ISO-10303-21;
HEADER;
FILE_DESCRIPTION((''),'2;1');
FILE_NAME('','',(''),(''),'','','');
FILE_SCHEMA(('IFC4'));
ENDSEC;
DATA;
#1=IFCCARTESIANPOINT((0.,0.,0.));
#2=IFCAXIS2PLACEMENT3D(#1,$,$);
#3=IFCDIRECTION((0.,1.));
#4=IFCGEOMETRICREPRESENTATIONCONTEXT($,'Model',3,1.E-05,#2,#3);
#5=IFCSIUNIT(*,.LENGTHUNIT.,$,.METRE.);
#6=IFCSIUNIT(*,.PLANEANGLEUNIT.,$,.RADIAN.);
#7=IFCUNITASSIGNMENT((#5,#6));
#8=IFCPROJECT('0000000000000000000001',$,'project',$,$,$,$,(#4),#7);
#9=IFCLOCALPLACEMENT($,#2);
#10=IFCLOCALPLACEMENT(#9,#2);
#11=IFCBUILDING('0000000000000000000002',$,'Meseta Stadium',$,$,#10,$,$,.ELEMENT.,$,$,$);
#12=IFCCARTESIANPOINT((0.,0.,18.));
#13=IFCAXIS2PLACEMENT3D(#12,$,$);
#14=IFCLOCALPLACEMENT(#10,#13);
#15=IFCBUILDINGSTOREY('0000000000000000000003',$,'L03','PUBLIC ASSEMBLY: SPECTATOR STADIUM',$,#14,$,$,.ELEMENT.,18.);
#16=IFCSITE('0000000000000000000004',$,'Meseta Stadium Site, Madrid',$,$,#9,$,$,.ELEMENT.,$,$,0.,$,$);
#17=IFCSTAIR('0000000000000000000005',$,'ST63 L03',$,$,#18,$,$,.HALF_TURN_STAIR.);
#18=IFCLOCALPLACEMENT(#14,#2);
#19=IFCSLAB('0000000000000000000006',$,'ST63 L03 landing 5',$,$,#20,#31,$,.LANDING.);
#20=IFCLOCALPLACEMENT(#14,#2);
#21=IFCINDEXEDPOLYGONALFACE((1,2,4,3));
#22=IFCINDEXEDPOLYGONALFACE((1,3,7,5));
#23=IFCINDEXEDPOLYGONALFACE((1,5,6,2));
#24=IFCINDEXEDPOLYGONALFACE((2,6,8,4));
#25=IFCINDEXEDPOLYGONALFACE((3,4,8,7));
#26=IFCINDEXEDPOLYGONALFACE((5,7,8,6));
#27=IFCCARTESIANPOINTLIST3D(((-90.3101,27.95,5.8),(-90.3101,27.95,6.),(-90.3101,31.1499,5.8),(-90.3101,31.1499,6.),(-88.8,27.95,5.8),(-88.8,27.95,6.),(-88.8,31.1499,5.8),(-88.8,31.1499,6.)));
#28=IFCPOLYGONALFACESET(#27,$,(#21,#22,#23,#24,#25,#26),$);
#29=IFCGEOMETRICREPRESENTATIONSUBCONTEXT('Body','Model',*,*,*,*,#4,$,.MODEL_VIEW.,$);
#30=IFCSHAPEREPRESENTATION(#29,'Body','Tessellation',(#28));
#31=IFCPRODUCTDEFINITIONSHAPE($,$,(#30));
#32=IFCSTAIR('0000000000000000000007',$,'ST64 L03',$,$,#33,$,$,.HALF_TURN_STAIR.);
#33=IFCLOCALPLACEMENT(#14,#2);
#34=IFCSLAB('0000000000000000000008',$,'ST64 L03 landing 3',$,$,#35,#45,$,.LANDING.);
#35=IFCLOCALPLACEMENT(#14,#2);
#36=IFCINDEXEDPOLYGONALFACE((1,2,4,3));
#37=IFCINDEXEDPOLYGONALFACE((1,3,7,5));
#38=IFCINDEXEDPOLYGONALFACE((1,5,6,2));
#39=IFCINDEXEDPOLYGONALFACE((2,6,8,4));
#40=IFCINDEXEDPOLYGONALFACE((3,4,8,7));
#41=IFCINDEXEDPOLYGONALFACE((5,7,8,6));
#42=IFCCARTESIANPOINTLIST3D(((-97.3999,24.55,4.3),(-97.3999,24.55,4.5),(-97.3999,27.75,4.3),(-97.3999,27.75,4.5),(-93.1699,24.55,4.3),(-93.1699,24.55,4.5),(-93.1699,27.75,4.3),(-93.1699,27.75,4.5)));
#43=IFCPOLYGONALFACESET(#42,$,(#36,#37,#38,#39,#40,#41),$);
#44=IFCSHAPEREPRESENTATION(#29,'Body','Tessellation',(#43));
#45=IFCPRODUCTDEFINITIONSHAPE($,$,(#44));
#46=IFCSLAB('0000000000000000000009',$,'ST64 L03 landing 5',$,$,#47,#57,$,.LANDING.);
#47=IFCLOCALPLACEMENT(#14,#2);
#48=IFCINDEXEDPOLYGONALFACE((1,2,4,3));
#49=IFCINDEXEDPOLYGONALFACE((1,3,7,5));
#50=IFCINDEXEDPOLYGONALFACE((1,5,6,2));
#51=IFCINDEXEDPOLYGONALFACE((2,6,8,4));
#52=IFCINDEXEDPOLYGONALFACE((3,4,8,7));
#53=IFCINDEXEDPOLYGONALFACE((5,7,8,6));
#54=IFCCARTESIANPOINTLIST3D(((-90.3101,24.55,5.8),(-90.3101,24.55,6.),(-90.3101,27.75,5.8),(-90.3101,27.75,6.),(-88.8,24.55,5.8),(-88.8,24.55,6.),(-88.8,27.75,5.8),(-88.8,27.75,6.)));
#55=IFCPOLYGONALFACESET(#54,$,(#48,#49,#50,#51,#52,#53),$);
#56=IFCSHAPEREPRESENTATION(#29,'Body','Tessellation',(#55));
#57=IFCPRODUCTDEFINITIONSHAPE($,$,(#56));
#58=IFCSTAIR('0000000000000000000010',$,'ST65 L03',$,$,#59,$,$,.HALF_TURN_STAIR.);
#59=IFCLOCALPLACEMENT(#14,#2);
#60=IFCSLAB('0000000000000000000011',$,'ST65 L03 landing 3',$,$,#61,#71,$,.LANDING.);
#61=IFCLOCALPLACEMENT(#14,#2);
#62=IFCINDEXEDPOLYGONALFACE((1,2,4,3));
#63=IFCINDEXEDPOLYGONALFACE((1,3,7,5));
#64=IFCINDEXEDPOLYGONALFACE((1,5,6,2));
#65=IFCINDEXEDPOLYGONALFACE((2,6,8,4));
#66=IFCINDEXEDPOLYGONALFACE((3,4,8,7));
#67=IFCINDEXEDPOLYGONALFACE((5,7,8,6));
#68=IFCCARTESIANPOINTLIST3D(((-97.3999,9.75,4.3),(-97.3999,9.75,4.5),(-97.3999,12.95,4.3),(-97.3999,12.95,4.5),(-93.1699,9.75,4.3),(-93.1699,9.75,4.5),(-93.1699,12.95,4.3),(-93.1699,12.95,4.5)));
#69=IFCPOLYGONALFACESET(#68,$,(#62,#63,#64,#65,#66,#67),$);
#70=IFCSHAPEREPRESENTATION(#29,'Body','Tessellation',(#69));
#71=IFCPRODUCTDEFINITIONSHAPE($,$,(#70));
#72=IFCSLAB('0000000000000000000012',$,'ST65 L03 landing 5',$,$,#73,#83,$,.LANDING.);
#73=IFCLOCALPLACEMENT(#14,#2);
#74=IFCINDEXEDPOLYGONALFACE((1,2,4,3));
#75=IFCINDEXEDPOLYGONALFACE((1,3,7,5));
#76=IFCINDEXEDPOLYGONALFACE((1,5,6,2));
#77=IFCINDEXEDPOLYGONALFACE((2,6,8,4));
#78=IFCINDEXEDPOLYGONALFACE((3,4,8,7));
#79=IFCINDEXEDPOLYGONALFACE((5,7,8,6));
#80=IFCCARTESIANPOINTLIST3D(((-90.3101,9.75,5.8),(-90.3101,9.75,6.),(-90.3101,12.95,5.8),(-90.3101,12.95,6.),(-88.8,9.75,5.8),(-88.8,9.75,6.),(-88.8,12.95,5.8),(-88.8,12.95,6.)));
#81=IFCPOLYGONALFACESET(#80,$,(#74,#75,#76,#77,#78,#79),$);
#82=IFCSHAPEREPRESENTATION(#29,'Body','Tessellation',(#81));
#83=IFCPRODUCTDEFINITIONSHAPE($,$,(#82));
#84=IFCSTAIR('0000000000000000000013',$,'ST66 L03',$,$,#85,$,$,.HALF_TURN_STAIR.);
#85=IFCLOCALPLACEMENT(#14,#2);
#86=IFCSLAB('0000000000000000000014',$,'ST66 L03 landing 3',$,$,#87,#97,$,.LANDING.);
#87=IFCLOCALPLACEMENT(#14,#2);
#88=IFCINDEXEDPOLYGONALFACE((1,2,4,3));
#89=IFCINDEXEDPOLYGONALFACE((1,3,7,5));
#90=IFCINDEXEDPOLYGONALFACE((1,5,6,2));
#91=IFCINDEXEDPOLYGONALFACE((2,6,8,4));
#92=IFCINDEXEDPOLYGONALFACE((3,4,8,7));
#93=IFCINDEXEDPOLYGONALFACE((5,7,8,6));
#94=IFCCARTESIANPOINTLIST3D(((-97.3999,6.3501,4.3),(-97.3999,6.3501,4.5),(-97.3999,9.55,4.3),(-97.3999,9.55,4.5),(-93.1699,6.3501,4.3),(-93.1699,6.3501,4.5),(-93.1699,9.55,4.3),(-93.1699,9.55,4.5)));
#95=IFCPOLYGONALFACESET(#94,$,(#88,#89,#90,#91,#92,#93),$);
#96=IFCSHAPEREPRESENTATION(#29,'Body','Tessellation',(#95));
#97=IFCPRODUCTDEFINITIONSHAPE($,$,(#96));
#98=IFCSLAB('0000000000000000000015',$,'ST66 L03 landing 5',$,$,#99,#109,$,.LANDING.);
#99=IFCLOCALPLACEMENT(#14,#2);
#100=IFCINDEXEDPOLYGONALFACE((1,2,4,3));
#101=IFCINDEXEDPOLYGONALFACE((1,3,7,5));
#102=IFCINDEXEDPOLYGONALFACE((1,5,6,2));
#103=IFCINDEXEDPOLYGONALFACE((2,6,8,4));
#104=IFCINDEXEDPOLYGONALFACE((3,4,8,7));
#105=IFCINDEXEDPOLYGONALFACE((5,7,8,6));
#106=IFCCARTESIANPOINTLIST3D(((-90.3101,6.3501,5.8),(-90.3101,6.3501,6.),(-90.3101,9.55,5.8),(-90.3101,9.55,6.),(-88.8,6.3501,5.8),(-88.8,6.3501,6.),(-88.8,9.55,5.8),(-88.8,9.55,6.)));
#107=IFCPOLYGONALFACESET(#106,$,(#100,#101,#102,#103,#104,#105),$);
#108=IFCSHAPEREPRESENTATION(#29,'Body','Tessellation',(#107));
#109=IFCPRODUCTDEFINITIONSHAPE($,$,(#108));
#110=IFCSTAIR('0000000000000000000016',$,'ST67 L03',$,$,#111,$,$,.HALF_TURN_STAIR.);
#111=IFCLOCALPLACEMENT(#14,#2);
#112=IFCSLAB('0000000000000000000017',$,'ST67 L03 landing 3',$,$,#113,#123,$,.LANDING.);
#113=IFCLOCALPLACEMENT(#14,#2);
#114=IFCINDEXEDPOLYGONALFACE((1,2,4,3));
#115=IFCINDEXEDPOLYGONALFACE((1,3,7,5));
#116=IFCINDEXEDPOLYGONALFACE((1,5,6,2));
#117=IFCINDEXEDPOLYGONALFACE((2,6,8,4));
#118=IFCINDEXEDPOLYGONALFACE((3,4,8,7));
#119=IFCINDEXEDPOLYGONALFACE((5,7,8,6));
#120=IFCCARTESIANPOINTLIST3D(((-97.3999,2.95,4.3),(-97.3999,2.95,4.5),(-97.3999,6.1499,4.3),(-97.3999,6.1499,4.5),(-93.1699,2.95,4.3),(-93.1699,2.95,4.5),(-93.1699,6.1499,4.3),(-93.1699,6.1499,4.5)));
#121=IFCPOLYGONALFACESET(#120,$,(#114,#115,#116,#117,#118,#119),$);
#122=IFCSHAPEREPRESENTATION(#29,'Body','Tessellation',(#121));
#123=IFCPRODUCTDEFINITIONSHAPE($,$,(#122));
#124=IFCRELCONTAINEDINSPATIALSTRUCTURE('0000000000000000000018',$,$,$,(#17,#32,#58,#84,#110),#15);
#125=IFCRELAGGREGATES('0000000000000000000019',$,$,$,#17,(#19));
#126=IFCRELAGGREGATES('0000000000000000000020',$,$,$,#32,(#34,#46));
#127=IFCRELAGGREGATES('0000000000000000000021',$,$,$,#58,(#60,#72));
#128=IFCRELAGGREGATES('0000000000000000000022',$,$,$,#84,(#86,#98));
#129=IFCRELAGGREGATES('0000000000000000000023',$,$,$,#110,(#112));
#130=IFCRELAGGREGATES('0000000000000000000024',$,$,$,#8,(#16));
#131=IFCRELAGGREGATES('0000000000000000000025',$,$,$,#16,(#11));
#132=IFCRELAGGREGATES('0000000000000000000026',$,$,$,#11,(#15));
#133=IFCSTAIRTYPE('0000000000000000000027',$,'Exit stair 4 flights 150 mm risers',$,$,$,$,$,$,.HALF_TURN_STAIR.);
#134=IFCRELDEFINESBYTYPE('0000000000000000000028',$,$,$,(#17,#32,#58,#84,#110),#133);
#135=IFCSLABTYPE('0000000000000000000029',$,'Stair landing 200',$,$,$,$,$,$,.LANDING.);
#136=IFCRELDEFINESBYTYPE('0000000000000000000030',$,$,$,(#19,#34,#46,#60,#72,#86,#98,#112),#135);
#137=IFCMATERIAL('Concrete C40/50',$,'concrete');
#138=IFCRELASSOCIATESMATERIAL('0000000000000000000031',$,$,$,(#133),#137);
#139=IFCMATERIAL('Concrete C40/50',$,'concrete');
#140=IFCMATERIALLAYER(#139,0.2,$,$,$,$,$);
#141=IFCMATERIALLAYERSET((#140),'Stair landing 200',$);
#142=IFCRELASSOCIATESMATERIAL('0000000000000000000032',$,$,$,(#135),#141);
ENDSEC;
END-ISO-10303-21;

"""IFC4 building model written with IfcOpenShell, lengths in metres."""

from ifc_helpers import new_model, si_unit, direction, frame, origin, place, context, subcontext, project, spatial, polyline, outline, extrude, material, layer, layer_set, type_object, element, aggregate, save


model = new_model("IFC4")

# Units and contexts
model_context = context("Model", 3, precision=1e-05, world=origin(), true_north=direction((0.0, 1.0)))
body_context = subcontext(model_context, "Body", "Model", "MODEL_VIEW")
ifc_project = project(units=[si_unit("LENGTHUNIT", "METRE"), si_unit("PLANEANGLEUNIT", "RADIAN")], contexts=[model_context])

# Site, building, storey
site_placement = place(None, origin())
site = spatial("IfcSite", under=ifc_project, at=site_placement, Name="Meseta Stadium Site, Madrid", CompositionType="ELEMENT", RefElevation=0.0)
building_placement = place(site_placement, origin())
building = spatial("IfcBuilding", under=site, at=building_placement, Name="Meseta Stadium", CompositionType="ELEMENT")
storey_placement = place(building_placement, frame((0.0, 0.0, 18.0)))
storey = spatial("IfcBuildingStorey", under=building, at=storey_placement, Name="L03", Description="PUBLIC ASSEMBLY: SPECTATOR STADIUM", CompositionType="ELEMENT", Elevation=18.0)

# Shared definitions
ifc_material_1 = material(Name="Concrete C40/50", Category="concrete")
stair_type = type_object("IfcStairType", Name="Exit stair 4 flights 150 mm risers", PredefinedType="HALF_TURN_STAIR", material=ifc_material_1)
ifc_material_2 = material(Name="Concrete C40/50", Category="concrete")
ifc_layer = layer(ifc_material_2, 0.2)
ifc_layer_set = layer_set([ifc_layer], Name="Stair landing 200")
slab_type = type_object("IfcSlabType", Name="Stair landing 200", PredefinedType="LANDING", material=ifc_layer_set)

# Stairs, slabs
stair_1_placement = place(storey_placement, origin())
stair_1 = element("IfcStair", 1, at=stair_1_placement, inside=storey, type_object=stair_type, Name="ST63 L03", PredefinedType="HALF_TURN_STAIR")
slab_1_placement = place(storey_placement, frame((0.0, 0.0, 5.8)))
slab_1 = element("IfcSlab", 2, at=slab_1_placement, type_object=slab_type, Name="ST63 L03 landing 5", PredefinedType="LANDING", context=body_context, shape_type="SweptSolid", body=[
    extrude(outline(polyline([(-88.8, 31.1499), (-90.3101, 31.1499), (-90.3101, 27.95), (-88.8, 27.95), (-88.8, 31.1499)])), origin(), (0.0, 0.0, 1.0), 0.2),
])
aggregate(stair_1, [slab_1])
stair_2_placement = place(storey_placement, origin())
stair_2 = element("IfcStair", 3, at=stair_2_placement, inside=storey, type_object=stair_type, Name="ST64 L03", PredefinedType="HALF_TURN_STAIR")
slab_2_placement = place(storey_placement, frame((0.0, 0.0, 4.3)))
slab_2 = element("IfcSlab", 4, at=slab_2_placement, type_object=slab_type, Name="ST64 L03 landing 3", PredefinedType="LANDING", context=body_context, shape_type="SweptSolid", body=[
    extrude(outline(polyline([(-93.1699, 27.75), (-97.3999, 27.75), (-97.3999, 24.55), (-93.1699, 24.55), (-93.1699, 27.75)])), origin(), (0.0, 0.0, 1.0), 0.2),
])
slab_3_placement = place(storey_placement, frame((0.0, 0.0, 5.8)))
slab_3 = element("IfcSlab", 5, at=slab_3_placement, type_object=slab_type, Name="ST64 L03 landing 5", PredefinedType="LANDING", context=body_context, shape_type="SweptSolid", body=[
    extrude(outline(polyline([(-88.8, 27.75), (-90.3101, 27.75), (-90.3101, 24.55), (-88.8, 24.55), (-88.8, 27.75)])), origin(), (0.0, 0.0, 1.0), 0.2),
])
aggregate(stair_2, [slab_2, slab_3])
stair_3_placement = place(storey_placement, origin())
stair_3 = element("IfcStair", 6, at=stair_3_placement, inside=storey, type_object=stair_type, Name="ST65 L03", PredefinedType="HALF_TURN_STAIR")
slab_4_placement = place(storey_placement, frame((0.0, 0.0, 4.3)))
slab_4 = element("IfcSlab", 7, at=slab_4_placement, type_object=slab_type, Name="ST65 L03 landing 3", PredefinedType="LANDING", context=body_context, shape_type="SweptSolid", body=[
    extrude(outline(polyline([(-93.1699, 12.95), (-97.3999, 12.95), (-97.3999, 9.75), (-93.1699, 9.75), (-93.1699, 12.95)])), origin(), (0.0, 0.0, 1.0), 0.2),
])
slab_5_placement = place(storey_placement, frame((0.0, 0.0, 5.8)))
slab_5 = element("IfcSlab", 8, at=slab_5_placement, type_object=slab_type, Name="ST65 L03 landing 5", PredefinedType="LANDING", context=body_context, shape_type="SweptSolid", body=[
    extrude(outline(polyline([(-88.8, 12.95), (-90.3101, 12.95), (-90.3101, 9.75), (-88.8, 9.75), (-88.8, 12.95)])), origin(), (0.0, 0.0, 1.0), 0.2),
])
aggregate(stair_3, [slab_4, slab_5])
stair_4_placement = place(storey_placement, origin())
stair_4 = element("IfcStair", 9, at=stair_4_placement, inside=storey, type_object=stair_type, Name="ST66 L03", PredefinedType="HALF_TURN_STAIR")
slab_6_placement = place(storey_placement, frame((0.0, 0.0, 4.3)))
slab_6 = element("IfcSlab", 10, at=slab_6_placement, type_object=slab_type, Name="ST66 L03 landing 3", PredefinedType="LANDING", context=body_context, shape_type="SweptSolid", body=[
    extrude(outline(polyline([(-93.1699, 9.55), (-97.3999, 9.55), (-97.3999, 6.3501), (-93.1699, 6.3501), (-93.1699, 9.55)])), origin(), (0.0, 0.0, 1.0), 0.2),
])
slab_7_placement = place(storey_placement, frame((0.0, 0.0, 5.8)))
slab_7 = element("IfcSlab", 11, at=slab_7_placement, type_object=slab_type, Name="ST66 L03 landing 5", PredefinedType="LANDING", context=body_context, shape_type="SweptSolid", body=[
    extrude(outline(polyline([(-88.8, 9.55), (-90.3101, 9.55), (-90.3101, 6.3501), (-88.8, 6.3501), (-88.8, 9.55)])), origin(), (0.0, 0.0, 1.0), 0.2),
])
aggregate(stair_4, [slab_6, slab_7])

# Stair, slab
stair_5_placement = place(storey_placement, origin())
stair_5 = element("IfcStair", 12, at=stair_5_placement, inside=storey, type_object=stair_type, Name="ST67 L03", PredefinedType="HALF_TURN_STAIR")
slab_8_placement = place(storey_placement, frame((0.0, 0.0, 4.3)))
slab_8 = element("IfcSlab", 13, at=slab_8_placement, type_object=slab_type, Name="ST67 L03 landing 3", PredefinedType="LANDING", context=body_context, shape_type="SweptSolid", body=[
    extrude(outline(polyline([(-93.1699, 6.1499), (-97.3999, 6.1499), (-97.3999, 2.95), (-93.1699, 2.95), (-93.1699, 6.1499)])), origin(), (0.0, 0.0, 1.0), 0.2),
])
aggregate(stair_5, [slab_8])

save(model, "model.ifc")
